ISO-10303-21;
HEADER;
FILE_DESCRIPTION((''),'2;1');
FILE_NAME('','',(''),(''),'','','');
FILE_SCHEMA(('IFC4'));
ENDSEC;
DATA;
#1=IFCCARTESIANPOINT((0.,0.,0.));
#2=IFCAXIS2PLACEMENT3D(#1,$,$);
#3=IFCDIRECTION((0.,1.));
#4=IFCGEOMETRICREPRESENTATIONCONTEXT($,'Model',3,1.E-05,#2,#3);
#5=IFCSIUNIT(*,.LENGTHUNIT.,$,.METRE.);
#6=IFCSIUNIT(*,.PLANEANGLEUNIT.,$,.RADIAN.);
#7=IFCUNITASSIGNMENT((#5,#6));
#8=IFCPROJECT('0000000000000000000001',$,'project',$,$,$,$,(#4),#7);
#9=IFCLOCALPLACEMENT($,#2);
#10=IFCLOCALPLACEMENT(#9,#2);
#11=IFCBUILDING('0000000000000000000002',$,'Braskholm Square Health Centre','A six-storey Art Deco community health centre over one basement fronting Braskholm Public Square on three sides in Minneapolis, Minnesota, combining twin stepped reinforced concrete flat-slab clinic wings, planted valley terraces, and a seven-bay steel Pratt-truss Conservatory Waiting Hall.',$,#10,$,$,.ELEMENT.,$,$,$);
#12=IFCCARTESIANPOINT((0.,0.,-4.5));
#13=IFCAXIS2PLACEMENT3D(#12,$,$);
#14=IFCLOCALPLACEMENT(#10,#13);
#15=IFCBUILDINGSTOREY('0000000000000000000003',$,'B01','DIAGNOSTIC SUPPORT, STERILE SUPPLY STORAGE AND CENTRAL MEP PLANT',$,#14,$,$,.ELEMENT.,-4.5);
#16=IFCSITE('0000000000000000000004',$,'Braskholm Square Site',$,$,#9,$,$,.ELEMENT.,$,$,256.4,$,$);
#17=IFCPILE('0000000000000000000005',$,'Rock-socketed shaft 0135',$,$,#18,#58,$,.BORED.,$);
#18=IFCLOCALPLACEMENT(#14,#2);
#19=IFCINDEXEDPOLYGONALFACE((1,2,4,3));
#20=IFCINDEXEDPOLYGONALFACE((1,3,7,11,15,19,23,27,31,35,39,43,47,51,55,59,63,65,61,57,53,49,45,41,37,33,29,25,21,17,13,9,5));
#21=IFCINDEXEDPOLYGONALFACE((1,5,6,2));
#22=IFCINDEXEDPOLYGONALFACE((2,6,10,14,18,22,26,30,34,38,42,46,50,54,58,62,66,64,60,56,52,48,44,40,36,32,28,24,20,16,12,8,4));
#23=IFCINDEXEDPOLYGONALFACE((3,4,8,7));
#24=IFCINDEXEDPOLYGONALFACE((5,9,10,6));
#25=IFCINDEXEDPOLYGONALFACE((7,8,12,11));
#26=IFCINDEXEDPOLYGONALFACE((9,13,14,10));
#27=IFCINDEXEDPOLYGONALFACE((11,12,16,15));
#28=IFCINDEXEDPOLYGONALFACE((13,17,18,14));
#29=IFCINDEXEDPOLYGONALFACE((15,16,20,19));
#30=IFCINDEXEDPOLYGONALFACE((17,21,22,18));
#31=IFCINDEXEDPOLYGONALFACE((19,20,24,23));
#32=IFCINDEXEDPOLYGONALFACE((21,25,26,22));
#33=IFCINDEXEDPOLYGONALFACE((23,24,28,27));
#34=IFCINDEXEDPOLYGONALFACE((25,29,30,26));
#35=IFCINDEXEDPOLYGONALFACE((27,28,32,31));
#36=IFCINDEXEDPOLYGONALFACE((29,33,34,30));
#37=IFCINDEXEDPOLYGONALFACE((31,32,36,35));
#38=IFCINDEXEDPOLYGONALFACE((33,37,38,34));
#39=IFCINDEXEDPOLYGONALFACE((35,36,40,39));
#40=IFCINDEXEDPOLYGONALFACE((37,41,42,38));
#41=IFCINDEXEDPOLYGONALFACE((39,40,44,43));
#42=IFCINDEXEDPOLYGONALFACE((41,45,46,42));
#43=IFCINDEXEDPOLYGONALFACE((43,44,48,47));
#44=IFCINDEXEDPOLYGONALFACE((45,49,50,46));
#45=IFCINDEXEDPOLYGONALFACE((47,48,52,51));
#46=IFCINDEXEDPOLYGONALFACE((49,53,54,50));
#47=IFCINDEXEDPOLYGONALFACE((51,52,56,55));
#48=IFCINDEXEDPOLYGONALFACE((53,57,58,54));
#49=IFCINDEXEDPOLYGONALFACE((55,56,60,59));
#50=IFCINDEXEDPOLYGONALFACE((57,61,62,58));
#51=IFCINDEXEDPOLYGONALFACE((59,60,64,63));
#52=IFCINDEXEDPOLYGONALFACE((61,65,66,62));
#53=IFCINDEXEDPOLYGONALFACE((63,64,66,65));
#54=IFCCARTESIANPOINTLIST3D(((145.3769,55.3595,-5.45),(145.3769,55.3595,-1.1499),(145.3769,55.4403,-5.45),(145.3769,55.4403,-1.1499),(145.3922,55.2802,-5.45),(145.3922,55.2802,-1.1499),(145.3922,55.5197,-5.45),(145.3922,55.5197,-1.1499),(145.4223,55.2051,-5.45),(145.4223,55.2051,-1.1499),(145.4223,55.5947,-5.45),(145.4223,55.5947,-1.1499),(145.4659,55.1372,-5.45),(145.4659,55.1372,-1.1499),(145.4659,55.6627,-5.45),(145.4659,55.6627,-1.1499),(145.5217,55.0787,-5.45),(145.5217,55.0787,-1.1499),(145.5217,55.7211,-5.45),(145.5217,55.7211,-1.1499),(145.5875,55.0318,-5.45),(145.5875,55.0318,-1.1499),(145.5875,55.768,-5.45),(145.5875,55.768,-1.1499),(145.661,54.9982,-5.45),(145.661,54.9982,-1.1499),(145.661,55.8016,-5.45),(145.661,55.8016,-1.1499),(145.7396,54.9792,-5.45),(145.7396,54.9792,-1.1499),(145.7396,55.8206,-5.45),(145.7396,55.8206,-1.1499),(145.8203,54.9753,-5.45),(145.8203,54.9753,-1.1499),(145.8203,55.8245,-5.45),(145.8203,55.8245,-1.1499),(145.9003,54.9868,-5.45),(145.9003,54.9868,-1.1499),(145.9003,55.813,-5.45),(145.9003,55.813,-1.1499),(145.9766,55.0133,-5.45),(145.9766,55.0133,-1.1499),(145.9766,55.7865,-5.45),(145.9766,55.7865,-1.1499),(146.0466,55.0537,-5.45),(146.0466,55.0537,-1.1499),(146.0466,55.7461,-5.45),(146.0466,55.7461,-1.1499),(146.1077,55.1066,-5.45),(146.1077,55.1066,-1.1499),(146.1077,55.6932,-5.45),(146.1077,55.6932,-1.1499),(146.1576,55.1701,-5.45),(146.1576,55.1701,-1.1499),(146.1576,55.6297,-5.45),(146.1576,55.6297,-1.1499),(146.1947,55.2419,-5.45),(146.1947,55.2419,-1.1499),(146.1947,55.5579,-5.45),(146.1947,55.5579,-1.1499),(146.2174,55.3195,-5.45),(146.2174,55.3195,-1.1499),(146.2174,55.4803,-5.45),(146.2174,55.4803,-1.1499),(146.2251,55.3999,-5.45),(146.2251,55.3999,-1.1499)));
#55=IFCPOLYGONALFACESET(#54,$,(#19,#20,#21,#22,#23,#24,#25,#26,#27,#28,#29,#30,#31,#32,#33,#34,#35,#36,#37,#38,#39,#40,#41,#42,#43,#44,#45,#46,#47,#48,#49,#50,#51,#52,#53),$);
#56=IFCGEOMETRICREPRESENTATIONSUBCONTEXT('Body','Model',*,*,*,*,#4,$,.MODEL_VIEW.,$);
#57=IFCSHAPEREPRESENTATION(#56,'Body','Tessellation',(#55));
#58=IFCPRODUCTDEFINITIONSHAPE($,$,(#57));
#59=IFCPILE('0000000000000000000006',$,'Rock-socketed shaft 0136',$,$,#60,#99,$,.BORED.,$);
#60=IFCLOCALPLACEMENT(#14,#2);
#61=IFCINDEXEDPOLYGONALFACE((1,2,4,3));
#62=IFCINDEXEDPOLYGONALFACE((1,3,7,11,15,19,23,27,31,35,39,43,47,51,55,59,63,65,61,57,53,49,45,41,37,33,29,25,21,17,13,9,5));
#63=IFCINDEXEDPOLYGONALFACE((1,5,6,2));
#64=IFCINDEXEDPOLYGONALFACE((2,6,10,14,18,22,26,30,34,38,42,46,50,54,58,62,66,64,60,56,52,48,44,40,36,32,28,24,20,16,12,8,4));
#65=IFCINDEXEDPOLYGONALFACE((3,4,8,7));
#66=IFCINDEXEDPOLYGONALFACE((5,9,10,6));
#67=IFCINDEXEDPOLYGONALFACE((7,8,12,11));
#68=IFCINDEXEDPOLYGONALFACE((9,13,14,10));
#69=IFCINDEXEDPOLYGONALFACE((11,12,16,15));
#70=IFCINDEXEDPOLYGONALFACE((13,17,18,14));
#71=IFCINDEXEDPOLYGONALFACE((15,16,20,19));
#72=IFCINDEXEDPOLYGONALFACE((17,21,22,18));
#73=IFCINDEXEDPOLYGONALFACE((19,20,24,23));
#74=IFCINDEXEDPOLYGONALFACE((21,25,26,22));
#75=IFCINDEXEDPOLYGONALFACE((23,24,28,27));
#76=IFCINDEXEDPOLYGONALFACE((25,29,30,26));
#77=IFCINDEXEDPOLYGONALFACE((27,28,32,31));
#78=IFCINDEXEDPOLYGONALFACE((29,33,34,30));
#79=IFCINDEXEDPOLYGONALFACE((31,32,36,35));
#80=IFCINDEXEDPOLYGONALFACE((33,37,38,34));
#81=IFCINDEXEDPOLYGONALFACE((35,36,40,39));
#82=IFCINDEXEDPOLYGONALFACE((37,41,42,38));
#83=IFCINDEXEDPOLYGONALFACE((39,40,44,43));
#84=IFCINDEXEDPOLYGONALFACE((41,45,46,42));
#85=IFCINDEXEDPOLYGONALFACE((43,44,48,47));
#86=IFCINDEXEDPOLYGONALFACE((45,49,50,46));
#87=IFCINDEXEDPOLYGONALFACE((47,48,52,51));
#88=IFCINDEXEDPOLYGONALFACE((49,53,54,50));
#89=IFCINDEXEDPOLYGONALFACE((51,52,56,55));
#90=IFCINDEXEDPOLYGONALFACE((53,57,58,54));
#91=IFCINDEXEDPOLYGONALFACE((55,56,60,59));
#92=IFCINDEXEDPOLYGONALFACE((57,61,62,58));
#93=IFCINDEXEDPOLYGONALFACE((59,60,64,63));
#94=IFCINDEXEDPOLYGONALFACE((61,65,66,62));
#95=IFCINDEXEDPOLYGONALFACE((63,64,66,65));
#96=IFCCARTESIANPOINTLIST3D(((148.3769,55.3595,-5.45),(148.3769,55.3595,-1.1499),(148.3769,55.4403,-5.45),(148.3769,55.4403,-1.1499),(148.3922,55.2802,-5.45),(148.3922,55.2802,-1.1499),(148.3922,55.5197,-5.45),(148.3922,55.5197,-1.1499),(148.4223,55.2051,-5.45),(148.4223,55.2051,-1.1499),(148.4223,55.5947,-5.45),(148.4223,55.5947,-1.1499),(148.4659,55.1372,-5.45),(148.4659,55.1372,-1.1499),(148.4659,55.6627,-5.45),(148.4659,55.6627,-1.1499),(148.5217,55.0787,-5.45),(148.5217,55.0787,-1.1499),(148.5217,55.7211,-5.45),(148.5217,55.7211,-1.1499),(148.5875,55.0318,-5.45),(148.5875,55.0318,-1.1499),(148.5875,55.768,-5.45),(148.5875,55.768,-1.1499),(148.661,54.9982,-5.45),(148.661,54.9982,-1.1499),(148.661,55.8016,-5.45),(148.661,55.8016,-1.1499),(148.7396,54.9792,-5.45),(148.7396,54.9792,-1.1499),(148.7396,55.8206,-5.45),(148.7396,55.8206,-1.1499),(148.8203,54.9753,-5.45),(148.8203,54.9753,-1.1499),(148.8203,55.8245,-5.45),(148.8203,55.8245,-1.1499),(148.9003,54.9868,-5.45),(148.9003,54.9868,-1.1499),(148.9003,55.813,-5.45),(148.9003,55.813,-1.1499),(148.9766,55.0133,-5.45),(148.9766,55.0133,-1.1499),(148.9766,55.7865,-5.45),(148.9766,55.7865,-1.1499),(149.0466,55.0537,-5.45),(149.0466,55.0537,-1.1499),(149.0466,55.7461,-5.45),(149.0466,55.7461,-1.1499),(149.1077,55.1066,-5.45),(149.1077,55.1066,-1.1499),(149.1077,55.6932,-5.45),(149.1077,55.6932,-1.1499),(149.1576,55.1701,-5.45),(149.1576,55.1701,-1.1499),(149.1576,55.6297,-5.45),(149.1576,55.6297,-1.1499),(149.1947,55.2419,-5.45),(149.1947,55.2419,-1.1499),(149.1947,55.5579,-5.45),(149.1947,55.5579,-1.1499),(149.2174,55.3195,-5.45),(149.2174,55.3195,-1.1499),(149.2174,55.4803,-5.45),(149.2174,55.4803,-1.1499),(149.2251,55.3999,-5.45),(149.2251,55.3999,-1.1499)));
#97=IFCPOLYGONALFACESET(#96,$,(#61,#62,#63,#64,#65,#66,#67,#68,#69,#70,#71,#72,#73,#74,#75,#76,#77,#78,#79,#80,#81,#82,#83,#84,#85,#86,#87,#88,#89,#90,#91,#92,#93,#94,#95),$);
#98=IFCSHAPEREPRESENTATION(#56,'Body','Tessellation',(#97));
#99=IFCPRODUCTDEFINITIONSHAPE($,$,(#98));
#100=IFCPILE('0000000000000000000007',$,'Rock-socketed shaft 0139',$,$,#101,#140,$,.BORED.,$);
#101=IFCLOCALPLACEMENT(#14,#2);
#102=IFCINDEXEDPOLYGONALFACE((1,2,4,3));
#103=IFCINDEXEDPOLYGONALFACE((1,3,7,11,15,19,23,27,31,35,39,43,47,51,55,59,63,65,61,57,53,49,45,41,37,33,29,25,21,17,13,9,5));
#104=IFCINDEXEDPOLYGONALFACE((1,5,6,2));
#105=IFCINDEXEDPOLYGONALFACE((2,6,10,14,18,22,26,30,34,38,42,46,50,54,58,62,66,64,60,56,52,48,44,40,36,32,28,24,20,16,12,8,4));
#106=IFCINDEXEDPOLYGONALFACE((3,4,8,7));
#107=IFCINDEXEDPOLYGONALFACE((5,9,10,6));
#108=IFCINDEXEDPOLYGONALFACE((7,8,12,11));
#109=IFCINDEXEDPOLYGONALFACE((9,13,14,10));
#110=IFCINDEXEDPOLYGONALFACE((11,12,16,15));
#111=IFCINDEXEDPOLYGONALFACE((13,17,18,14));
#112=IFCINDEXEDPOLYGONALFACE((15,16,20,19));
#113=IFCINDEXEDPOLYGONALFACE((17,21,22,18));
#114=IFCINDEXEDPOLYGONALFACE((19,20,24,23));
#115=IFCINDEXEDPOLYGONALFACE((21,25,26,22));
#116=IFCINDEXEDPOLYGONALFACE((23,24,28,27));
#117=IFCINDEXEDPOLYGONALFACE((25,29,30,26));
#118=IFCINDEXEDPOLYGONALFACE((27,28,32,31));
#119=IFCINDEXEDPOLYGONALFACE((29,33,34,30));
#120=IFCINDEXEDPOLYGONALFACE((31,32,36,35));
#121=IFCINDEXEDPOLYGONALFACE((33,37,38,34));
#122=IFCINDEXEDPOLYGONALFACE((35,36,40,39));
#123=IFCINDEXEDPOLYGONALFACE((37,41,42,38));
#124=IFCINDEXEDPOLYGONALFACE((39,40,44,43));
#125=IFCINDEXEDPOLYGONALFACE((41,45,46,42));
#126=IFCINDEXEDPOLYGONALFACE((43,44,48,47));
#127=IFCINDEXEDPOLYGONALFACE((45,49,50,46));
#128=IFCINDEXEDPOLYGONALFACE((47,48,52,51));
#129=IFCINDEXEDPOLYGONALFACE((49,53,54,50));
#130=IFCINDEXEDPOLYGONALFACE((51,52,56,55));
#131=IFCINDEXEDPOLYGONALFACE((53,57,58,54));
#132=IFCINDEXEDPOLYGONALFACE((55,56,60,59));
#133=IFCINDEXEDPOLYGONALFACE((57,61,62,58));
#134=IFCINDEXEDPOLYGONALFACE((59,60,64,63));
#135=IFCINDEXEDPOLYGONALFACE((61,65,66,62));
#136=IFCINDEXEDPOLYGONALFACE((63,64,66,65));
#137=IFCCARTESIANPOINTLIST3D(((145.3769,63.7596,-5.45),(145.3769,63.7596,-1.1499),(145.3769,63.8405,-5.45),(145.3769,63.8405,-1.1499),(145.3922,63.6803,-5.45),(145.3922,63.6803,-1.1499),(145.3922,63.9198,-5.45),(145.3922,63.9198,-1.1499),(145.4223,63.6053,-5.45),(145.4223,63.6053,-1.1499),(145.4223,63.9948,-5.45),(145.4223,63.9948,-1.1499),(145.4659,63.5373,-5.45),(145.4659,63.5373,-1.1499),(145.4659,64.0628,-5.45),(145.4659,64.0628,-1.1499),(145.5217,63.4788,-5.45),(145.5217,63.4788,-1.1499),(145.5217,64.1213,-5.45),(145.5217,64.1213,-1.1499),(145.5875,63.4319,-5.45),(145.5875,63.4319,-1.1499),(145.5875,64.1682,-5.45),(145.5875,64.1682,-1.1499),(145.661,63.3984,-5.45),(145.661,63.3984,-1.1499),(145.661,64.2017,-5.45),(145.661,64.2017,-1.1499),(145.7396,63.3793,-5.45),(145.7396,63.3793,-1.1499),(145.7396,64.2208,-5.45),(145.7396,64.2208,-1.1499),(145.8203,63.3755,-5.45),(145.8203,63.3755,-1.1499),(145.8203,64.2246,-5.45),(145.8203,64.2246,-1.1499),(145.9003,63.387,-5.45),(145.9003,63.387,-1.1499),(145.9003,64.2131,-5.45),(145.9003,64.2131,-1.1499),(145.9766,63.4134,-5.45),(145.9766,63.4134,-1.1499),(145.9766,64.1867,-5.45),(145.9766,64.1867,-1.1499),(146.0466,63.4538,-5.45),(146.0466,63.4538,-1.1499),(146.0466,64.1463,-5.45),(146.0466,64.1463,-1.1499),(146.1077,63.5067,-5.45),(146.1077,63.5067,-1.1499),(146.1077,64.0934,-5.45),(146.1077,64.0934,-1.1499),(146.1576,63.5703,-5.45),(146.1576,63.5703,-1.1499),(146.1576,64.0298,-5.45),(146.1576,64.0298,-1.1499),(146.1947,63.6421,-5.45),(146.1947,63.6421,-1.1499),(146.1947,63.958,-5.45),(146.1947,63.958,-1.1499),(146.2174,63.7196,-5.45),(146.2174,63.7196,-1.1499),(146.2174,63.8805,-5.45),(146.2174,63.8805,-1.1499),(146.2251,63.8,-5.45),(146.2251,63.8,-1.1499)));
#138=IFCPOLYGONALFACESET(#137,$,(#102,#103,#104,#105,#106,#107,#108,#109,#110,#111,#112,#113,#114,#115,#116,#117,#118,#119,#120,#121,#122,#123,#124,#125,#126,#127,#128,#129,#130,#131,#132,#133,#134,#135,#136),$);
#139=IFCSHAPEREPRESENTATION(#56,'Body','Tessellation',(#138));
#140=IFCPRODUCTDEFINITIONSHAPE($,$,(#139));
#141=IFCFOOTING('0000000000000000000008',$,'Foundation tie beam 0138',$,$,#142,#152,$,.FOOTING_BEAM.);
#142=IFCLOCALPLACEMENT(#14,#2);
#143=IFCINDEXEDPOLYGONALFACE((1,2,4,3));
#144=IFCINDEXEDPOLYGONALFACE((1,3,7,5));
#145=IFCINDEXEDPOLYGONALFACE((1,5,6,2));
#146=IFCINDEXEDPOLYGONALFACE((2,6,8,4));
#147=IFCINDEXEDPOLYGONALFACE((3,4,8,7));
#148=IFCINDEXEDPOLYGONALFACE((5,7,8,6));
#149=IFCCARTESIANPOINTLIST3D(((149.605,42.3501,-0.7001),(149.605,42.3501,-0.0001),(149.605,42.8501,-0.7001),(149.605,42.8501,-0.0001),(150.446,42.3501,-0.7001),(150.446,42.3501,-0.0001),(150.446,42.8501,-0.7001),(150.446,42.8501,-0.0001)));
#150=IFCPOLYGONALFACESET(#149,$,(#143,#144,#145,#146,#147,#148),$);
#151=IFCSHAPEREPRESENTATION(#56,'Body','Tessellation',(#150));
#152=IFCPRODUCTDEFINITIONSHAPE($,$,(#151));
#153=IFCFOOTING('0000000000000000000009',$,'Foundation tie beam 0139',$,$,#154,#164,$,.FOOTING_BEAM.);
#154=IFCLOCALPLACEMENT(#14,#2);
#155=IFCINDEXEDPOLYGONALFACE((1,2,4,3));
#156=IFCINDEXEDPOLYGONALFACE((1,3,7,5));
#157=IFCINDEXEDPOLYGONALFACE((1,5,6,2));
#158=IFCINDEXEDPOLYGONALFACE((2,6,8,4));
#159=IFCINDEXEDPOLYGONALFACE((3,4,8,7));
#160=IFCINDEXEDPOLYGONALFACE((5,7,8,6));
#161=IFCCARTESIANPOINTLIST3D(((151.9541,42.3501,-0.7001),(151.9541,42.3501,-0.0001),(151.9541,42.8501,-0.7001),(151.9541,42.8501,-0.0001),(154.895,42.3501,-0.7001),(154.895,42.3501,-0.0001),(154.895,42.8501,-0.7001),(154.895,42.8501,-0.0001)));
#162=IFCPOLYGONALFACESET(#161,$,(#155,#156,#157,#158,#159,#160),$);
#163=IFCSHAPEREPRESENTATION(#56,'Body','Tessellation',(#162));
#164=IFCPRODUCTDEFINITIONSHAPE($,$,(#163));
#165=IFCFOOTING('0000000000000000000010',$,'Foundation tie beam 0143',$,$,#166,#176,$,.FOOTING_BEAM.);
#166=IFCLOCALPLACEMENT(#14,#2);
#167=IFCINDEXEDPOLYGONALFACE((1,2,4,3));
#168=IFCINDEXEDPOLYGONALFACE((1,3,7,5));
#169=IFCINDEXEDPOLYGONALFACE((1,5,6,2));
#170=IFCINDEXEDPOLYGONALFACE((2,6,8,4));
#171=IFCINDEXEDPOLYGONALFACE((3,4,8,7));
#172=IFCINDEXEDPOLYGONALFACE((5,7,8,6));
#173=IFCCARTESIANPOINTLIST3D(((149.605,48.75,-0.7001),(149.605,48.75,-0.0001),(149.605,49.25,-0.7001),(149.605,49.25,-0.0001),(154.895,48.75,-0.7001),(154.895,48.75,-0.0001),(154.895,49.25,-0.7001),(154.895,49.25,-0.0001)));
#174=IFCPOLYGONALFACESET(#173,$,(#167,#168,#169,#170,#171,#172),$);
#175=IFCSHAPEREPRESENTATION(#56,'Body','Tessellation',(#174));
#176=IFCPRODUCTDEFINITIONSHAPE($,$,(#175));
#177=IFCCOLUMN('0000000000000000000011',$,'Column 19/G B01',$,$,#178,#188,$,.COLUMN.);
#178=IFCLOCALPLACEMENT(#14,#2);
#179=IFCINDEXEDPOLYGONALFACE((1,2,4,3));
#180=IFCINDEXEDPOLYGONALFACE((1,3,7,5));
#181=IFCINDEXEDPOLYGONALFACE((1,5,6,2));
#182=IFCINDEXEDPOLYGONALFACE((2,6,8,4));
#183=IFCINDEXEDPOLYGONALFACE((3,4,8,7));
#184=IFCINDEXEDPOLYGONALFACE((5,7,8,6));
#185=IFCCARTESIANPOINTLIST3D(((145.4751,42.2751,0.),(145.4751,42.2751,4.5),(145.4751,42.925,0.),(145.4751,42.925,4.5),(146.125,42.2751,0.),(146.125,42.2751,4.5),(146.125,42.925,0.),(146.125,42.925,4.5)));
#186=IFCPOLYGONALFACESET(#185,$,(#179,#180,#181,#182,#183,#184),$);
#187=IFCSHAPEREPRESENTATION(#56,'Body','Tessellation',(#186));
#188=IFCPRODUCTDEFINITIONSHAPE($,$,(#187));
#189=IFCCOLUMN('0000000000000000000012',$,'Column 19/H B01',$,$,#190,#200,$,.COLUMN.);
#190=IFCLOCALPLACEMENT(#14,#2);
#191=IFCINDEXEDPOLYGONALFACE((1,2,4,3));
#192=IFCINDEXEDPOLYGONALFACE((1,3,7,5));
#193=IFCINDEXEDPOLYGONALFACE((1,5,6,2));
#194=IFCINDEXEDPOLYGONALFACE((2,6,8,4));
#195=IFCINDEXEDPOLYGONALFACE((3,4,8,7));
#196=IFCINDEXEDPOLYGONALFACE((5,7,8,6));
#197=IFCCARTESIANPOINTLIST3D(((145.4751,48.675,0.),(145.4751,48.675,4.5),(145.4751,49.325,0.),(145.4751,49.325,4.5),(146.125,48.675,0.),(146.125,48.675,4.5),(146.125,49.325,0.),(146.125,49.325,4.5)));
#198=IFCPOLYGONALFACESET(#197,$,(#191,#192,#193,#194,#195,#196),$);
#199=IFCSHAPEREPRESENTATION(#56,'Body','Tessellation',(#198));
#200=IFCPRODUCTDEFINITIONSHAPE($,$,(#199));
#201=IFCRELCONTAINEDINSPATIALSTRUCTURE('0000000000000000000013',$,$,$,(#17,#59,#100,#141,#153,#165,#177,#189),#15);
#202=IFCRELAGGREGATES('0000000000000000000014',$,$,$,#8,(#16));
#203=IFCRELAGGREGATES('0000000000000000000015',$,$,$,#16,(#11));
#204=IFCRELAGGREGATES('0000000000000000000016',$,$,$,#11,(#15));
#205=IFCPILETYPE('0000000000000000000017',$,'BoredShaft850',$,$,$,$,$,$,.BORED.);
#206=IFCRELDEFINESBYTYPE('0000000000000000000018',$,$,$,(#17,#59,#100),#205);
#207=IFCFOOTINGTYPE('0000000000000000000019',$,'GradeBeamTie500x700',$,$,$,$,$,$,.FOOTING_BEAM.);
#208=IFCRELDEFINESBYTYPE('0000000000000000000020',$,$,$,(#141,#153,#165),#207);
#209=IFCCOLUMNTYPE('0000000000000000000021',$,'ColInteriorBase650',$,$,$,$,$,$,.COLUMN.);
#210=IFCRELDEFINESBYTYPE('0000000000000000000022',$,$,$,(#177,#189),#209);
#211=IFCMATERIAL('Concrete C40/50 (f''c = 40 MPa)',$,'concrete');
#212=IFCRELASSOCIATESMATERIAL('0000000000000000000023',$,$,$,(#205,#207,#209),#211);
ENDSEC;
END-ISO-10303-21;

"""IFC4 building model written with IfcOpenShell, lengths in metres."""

from ifc_helpers import new_model, si_unit, direction, frame, origin, origin_2d, place, context, subcontext, project, spatial, rectangle, circle, extrude, material, material_profile, profile_set, type_object, element, save


model = new_model("IFC4")

# Units and contexts
model_context = context("Model", 3, precision=1e-05, world=origin(), true_north=direction((0.0, 1.0)))
body_context = subcontext(model_context, "Body", "Model", "MODEL_VIEW")
ifc_project = project(units=[si_unit("LENGTHUNIT", "METRE"), si_unit("PLANEANGLEUNIT", "RADIAN")], contexts=[model_context])

# Site, building, storey
site_placement = place(None, origin())
site = spatial("IfcSite", under=ifc_project, at=site_placement, Name="Braskholm Square Site", CompositionType="ELEMENT", RefElevation=256.4)
building_placement = place(site_placement, origin())
building = spatial("IfcBuilding", under=site, at=building_placement, Name="Braskholm Square Health Centre", Description="A six-storey Art Deco community health centre over one basement fronting Braskholm Public Square on three sides in Minneapolis, Minnesota, combining twin stepped reinforced concrete flat-slab clinic wings, planted valley terraces, and a seven-bay steel Pratt-truss Conservatory Waiting Hall.", CompositionType="ELEMENT")
storey_placement = place(building_placement, frame((0.0, 0.0, -4.5)))
storey = spatial("IfcBuildingStorey", under=building, at=storey_placement, Name="B01", Description="DIAGNOSTIC SUPPORT, STERILE SUPPLY STORAGE AND CENTRAL MEP PLANT", CompositionType="ELEMENT", Elevation=-4.5)

# Piles
ifc_material_1 = material(Name="Concrete C40/50 (f'c = 40 MPa)", Category="concrete")
ifc_material_profile_1 = material_profile(ifc_material_1, circle(Radius=0.425, at=origin_2d()), Name="BORED-PILE-850")
ifc_profile_set_1 = profile_set([ifc_material_profile_1], Name="Concrete C40/50 (f'c = 40 MPa)")
pile_type = type_object("IfcPileType", Name="BoredShaft850", PredefinedType="BORED", material=ifc_profile_set_1)
for number, where, z_axis, x_axis, name in (
    (1, (145.8, 55.3999, -1.1499), (0.0, 0.0, -1.0), (1.0, 0.0, 0.0), "Rock-socketed shaft 0135"),
    (2, (148.8, 55.3999, -1.1499), (0.0, 0.0, -1.0), (1.0, 0.0, 0.0), "Rock-socketed shaft 0136"),
    (3, (145.8, 63.8, -1.1499), (0.0, 0.0, -1.0), (1.0, 0.0, 0.0), "Rock-socketed shaft 0139"),
):
    element("IfcPile", number, at=place(storey_placement, frame(where, z_axis=z_axis, x_axis=x_axis)), inside=storey, type_object=pile_type, Name=name, PredefinedType="BORED", context=body_context, shape_type="SweptSolid", body=[
        extrude(circle(Radius=0.425, at=origin_2d()), origin(), (0.0, 0.0, 1.0), 4.3),
    ])

# Footings
ifc_material_profile_2 = material_profile(ifc_material_1, rectangle(XDim=0.5, YDim=0.7, at=origin_2d()), Name="FTG-500X700")
ifc_profile_set_2 = profile_set([ifc_material_profile_2], Name="Concrete C40/50 (f'c = 40 MPa)")
footing_type = type_object("IfcFootingType", Name="GradeBeamTie500x700", PredefinedType="FOOTING_BEAM", material=ifc_profile_set_2)
footing_1_placement = place(storey_placement, frame((149.605, 42.6001, -0.3501), z_axis=(1.0, 0.0, 0.0), x_axis=(0.0, 1.0, 0.0)))
element("IfcFooting", 4, at=footing_1_placement, inside=storey, type_object=footing_type, Name="Foundation tie beam 0138", PredefinedType="FOOTING_BEAM", context=body_context, shape_type="SweptSolid", body=[
    extrude(rectangle(XDim=0.5, YDim=0.7, at=origin_2d()), origin(), (0.0, 0.0, 1.0), 0.8411),
])
footing_2_placement = place(storey_placement, frame((151.9541, 42.6001, -0.3501), z_axis=(1.0, 0.0, 0.0), x_axis=(0.0, 1.0, 0.0)))
element("IfcFooting", 5, at=footing_2_placement, inside=storey, type_object=footing_type, Name="Foundation tie beam 0139", PredefinedType="FOOTING_BEAM", context=body_context, shape_type="SweptSolid", body=[
    extrude(rectangle(XDim=0.5, YDim=0.7, at=origin_2d()), origin(), (0.0, 0.0, 1.0), 2.9409),
])
footing_3_placement = place(storey_placement, frame((149.605, 49.0, -0.3501), z_axis=(1.0, 0.0, 0.0), x_axis=(0.0, 1.0, 0.0)))
element("IfcFooting", 6, at=footing_3_placement, inside=storey, type_object=footing_type, Name="Foundation tie beam 0143", PredefinedType="FOOTING_BEAM", context=body_context, shape_type="SweptSolid", body=[
    extrude(rectangle(XDim=0.5, YDim=0.7, at=origin_2d()), origin(), (0.0, 0.0, 1.0), 5.29),
])

# Columns
ifc_material_profile_3 = material_profile(ifc_material_1, rectangle(XDim=0.6499, YDim=0.6499, at=origin_2d()), Name="RC-650X650")
ifc_profile_set_3 = profile_set([ifc_material_profile_3], Name="Concrete C40/50 (f'c = 40 MPa)")
column_type = type_object("IfcColumnType", Name="ColInteriorBase650", PredefinedType="COLUMN", material=ifc_profile_set_3)
for number, where, z_axis, x_axis, name in (
    (7, (145.8, 42.6001, 0.0), (0.0, 0.0, 1.0), (1.0, 0.0, 0.0), "Column 19/G B01"),
    (8, (145.8, 49.0, 0.0), (0.0, 0.0, 1.0), (1.0, 0.0, 0.0), "Column 19/H B01"),
):
    element("IfcColumn", number, at=place(storey_placement, frame(where, z_axis=z_axis, x_axis=x_axis)), inside=storey, type_object=column_type, Name=name, PredefinedType="COLUMN", context=body_context, shape_type="SweptSolid", body=[
        extrude(rectangle(XDim=0.6499, YDim=0.6499, at=origin_2d()), origin(), (0.0, 0.0, 1.0), 4.5),
    ])

save(model, "model.ifc")
